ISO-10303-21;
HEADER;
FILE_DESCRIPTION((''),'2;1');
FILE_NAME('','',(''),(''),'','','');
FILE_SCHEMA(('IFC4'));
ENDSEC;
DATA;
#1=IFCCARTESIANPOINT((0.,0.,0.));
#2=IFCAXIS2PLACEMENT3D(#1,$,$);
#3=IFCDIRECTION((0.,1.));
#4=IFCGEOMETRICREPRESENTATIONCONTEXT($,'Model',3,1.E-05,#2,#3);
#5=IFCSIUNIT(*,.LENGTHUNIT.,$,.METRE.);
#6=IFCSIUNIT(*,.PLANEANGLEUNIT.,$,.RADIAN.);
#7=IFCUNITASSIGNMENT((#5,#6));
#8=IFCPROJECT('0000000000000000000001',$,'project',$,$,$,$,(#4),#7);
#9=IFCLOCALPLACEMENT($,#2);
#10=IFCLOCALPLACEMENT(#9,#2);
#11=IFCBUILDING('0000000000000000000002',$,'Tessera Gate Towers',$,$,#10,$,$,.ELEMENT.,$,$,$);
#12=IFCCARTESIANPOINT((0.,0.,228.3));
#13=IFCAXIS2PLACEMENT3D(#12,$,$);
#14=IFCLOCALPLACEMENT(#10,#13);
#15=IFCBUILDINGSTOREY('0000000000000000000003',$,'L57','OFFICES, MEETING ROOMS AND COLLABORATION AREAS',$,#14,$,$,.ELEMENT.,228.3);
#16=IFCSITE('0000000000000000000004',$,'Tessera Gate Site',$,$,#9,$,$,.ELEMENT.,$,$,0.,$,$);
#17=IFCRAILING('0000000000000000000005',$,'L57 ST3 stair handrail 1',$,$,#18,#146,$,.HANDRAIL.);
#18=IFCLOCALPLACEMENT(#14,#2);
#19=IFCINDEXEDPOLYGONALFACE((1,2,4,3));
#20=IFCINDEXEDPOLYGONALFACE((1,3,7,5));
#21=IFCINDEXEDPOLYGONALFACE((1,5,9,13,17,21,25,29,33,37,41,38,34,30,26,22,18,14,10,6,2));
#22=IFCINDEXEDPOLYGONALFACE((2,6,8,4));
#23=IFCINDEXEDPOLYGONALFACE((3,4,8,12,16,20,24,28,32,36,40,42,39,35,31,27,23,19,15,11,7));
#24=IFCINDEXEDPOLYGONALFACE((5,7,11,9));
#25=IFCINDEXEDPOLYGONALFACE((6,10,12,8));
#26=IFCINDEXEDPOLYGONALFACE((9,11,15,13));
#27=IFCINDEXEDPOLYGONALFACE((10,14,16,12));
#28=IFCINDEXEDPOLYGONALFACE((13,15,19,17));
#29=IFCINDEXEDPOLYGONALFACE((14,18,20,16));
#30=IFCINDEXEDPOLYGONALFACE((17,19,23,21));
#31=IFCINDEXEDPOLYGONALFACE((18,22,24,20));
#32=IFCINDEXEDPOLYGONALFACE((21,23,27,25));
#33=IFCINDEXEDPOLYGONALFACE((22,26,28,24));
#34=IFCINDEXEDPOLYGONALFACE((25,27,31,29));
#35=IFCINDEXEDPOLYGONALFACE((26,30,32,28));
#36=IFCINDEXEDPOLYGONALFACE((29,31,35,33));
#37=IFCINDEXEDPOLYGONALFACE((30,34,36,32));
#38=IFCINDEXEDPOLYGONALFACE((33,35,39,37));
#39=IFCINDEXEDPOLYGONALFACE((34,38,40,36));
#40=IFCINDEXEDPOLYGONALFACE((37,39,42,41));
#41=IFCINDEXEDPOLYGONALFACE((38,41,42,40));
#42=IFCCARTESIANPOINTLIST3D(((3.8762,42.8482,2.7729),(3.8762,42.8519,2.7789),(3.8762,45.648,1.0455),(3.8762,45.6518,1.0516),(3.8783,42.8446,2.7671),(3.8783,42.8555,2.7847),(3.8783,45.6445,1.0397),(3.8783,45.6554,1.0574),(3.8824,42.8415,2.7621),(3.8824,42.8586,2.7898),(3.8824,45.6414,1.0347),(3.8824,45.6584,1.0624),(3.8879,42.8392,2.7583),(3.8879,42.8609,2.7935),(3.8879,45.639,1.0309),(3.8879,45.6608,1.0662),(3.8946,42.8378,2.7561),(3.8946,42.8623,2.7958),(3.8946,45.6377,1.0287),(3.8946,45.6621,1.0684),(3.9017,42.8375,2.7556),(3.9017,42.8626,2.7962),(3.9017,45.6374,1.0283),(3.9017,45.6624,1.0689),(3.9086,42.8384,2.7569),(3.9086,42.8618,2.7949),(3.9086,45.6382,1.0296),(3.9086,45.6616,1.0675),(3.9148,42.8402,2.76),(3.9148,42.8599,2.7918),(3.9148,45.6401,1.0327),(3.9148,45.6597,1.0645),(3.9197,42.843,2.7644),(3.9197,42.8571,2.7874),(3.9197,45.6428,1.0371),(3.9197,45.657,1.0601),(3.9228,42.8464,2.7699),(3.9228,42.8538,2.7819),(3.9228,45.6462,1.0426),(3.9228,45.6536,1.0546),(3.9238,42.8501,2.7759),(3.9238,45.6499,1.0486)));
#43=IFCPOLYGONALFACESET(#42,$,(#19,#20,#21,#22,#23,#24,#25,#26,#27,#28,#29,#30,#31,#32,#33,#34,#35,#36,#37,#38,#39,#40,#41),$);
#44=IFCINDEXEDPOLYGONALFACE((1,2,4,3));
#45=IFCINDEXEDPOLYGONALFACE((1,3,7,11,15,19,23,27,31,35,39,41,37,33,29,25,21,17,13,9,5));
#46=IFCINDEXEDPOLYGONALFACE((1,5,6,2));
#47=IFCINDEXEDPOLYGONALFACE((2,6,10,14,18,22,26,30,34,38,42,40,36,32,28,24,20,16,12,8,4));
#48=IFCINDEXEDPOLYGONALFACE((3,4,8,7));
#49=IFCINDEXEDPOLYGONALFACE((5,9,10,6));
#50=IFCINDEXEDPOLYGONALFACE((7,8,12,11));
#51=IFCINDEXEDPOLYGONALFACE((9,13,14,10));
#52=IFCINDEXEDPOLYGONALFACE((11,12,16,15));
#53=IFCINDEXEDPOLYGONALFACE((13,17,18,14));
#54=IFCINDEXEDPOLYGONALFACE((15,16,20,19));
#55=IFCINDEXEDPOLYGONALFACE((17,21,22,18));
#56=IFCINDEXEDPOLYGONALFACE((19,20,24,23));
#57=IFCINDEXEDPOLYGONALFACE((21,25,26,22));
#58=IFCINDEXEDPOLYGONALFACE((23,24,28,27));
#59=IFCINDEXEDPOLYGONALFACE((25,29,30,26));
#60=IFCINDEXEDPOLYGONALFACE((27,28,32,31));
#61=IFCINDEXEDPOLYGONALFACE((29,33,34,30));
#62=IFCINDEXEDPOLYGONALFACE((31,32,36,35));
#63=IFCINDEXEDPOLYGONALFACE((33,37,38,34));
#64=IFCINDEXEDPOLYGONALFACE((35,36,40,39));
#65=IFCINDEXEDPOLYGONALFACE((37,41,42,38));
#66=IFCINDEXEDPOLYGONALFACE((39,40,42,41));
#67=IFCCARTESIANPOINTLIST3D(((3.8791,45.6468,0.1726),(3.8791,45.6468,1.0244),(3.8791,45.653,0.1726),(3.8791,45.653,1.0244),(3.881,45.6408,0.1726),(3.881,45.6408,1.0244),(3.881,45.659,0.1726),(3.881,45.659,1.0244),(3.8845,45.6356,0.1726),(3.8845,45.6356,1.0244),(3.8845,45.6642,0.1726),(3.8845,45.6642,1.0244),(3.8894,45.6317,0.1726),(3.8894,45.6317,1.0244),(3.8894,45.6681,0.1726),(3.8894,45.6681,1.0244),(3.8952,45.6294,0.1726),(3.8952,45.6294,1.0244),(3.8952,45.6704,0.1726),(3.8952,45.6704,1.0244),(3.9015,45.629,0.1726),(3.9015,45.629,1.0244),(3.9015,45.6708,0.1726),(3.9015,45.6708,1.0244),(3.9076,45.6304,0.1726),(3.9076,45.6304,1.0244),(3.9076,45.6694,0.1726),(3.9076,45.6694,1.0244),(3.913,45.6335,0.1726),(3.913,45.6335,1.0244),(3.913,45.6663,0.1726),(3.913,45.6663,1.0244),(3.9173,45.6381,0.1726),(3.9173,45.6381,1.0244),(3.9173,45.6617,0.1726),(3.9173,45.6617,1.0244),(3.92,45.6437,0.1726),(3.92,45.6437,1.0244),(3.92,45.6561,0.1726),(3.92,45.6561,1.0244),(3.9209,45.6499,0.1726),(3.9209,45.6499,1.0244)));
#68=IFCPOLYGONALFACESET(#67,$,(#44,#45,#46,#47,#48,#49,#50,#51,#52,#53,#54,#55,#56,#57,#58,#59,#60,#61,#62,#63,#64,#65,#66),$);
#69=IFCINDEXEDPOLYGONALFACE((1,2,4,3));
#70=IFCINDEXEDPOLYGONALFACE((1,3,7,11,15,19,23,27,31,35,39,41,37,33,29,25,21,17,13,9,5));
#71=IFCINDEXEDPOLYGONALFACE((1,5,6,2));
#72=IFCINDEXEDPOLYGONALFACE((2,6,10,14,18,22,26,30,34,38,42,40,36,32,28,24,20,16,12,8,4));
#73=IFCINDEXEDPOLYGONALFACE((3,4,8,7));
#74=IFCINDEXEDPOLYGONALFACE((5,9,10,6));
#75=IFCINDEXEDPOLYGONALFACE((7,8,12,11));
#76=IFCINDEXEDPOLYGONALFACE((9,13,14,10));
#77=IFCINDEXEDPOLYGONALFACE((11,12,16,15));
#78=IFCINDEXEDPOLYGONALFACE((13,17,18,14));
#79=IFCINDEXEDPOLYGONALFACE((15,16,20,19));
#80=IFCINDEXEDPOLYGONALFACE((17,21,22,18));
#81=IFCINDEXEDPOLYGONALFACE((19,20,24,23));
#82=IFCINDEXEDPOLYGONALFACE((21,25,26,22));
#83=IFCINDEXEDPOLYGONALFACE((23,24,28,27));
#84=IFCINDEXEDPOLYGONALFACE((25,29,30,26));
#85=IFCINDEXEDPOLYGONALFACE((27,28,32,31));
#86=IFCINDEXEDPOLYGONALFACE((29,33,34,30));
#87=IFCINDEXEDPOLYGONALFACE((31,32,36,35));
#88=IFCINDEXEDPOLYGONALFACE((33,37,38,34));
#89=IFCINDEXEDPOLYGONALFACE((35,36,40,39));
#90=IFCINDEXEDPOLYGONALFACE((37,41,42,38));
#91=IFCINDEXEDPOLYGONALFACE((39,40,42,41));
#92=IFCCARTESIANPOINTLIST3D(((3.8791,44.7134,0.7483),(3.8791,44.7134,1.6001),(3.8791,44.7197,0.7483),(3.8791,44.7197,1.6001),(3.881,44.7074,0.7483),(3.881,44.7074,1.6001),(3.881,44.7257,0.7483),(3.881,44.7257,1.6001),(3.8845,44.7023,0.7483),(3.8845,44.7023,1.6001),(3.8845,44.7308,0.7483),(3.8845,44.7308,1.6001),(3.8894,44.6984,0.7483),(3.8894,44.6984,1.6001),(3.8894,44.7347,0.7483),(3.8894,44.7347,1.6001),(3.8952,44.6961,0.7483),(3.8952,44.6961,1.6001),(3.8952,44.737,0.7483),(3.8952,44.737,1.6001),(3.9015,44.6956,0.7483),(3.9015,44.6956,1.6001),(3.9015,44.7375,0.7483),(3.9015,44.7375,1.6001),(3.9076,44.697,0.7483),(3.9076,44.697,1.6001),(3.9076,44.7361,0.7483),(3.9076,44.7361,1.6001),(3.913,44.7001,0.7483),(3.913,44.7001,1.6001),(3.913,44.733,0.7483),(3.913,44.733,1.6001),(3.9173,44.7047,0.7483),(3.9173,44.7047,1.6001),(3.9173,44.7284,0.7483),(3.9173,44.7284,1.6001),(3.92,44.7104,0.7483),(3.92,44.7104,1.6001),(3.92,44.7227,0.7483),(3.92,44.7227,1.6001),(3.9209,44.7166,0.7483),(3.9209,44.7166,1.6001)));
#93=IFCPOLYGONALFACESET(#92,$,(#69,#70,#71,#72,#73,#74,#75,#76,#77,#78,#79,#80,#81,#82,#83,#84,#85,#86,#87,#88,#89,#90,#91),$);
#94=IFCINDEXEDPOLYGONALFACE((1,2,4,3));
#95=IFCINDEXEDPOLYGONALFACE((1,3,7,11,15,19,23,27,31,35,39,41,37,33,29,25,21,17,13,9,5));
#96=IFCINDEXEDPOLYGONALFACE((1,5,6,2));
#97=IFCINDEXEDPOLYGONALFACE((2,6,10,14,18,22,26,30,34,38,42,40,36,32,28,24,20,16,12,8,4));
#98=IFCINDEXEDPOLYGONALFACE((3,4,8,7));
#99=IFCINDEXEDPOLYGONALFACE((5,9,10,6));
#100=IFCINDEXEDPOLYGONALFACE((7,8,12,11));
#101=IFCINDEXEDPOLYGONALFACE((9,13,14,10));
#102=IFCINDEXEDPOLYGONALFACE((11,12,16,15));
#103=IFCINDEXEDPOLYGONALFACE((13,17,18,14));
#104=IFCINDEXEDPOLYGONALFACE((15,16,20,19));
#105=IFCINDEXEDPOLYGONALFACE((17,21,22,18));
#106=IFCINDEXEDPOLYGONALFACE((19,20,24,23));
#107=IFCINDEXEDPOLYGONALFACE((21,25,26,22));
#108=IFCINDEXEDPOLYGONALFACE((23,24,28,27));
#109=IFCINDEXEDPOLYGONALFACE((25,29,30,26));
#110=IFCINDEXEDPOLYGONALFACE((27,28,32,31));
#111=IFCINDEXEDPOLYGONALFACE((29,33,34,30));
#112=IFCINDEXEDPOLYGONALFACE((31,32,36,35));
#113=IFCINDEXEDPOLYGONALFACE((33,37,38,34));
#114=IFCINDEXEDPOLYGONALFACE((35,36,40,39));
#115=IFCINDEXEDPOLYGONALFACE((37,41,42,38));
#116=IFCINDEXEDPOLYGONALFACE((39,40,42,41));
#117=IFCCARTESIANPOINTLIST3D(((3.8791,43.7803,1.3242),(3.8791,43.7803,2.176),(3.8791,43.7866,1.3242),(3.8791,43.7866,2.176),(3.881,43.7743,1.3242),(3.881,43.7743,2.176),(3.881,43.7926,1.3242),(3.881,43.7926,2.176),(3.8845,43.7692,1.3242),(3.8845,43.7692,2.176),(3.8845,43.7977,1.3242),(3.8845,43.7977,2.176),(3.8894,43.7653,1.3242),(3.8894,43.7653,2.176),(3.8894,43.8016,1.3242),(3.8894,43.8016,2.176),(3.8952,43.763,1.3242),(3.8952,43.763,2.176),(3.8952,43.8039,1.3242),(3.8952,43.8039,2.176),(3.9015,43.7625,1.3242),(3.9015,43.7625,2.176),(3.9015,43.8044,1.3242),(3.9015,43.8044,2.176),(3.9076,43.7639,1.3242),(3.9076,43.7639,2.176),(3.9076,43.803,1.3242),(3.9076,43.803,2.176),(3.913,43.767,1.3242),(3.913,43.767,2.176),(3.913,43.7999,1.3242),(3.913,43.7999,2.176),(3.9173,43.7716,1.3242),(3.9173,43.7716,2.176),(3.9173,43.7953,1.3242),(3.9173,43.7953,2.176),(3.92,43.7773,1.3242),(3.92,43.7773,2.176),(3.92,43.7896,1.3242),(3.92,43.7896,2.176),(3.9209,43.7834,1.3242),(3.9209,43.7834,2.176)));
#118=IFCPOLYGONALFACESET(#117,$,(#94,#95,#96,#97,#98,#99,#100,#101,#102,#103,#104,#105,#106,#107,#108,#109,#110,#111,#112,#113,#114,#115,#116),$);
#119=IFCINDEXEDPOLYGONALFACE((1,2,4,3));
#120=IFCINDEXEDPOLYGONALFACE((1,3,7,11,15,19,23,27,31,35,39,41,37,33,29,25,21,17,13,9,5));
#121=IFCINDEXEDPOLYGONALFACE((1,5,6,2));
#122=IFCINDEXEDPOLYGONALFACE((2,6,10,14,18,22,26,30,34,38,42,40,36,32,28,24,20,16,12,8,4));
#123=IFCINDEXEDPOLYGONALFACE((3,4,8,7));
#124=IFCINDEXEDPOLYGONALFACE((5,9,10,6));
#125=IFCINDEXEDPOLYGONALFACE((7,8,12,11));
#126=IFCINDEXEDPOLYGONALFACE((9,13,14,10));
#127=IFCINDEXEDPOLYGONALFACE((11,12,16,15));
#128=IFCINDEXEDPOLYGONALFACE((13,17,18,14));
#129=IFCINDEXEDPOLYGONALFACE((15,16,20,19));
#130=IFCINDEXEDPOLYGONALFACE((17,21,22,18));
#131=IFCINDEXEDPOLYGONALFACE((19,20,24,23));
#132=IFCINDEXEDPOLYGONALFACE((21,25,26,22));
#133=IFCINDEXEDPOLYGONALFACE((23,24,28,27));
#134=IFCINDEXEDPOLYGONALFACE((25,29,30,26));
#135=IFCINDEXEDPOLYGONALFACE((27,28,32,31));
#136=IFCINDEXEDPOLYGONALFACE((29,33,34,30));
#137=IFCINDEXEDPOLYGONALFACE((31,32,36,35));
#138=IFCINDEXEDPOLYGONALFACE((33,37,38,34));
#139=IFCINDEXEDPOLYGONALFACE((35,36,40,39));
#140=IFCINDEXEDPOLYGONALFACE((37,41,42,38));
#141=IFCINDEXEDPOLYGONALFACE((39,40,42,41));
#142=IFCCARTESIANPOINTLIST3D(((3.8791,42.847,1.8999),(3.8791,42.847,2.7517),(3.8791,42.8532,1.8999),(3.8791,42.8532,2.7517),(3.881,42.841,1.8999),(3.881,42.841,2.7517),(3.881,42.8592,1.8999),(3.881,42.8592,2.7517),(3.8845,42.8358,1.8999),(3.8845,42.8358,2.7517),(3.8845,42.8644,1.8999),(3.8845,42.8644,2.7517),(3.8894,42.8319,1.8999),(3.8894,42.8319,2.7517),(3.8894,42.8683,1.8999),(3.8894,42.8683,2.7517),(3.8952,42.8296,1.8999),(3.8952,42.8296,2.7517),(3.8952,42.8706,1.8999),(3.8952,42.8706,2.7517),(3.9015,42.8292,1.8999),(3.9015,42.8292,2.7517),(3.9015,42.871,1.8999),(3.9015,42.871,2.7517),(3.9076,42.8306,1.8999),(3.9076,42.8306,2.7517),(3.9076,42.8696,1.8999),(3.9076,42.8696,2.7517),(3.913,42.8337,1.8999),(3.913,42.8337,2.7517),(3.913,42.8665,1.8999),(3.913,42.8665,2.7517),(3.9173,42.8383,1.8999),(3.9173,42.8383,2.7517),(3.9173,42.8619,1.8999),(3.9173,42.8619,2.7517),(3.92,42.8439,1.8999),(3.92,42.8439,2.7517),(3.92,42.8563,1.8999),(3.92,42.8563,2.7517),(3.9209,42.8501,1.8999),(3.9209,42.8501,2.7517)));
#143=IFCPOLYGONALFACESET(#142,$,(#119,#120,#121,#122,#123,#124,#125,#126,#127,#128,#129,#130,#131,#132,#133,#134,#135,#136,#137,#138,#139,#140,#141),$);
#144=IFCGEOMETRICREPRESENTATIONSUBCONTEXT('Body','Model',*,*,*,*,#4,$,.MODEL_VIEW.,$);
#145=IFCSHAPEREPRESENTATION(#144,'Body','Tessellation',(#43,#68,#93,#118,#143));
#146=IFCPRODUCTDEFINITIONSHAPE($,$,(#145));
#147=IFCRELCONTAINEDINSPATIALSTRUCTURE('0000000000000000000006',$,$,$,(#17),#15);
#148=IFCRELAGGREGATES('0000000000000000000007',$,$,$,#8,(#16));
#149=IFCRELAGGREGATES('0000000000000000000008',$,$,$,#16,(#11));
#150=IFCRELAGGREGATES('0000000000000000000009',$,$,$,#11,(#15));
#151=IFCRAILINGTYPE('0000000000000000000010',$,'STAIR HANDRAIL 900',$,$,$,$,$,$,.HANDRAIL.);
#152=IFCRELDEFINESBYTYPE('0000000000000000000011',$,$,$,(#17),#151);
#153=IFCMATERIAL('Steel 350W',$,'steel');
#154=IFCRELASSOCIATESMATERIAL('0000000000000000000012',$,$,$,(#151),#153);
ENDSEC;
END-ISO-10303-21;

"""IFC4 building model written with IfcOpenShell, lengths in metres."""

from ifc_helpers import new_model, si_unit, direction, frame, origin, origin_2d, place, context, subcontext, project, spatial, circle, extrude, material, type_object, element, save


model = new_model("IFC4")

# Units and contexts
model_context = context("Model", 3, precision=1e-05, world=origin(), true_north=direction((0.0, 1.0)))
body_context = subcontext(model_context, "Body", "Model", "MODEL_VIEW")
ifc_project = project(units=[si_unit("LENGTHUNIT", "METRE"), si_unit("PLANEANGLEUNIT", "RADIAN")], contexts=[model_context])

# Site, building, storey
site_placement = place(None, origin())
site = spatial("IfcSite", under=ifc_project, at=site_placement, Name="Tessera Gate Site", CompositionType="ELEMENT", RefElevation=0.0)
building_placement = place(site_placement, origin())
building = spatial("IfcBuilding", under=site, at=building_placement, Name="Tessera Gate Towers", CompositionType="ELEMENT")
storey_placement = place(building_placement, frame((0.0, 0.0, 228.3)))
storey = spatial("IfcBuildingStorey", under=building, at=storey_placement, Name="L57", Description="OFFICES, MEETING ROOMS AND COLLABORATION AREAS", CompositionType="ELEMENT", Elevation=228.3)

# Railing
ifc_material_1 = material(Name="Steel 350W", Category="steel")
railing_type = type_object("IfcRailingType", Name="STAIR HANDRAIL 900", PredefinedType="HANDRAIL", material=ifc_material_1)
railing_1_placement = place(storey_placement, frame((3.8999, 45.6499, 0.1726)))
element("IfcRailing", 1, at=railing_1_placement, inside=storey, type_object=railing_type, Name="L57 ST3 stair handrail 1", PredefinedType="HANDRAIL", context=body_context, shape_type="SweptSolid", body=[
    extrude(circle(Radius=0.0239, at=origin_2d()), frame((0.0, 0.0, 0.876), z_axis=(0.0, -0.851069, 0.525054), x_axis=(1.0, 0.0, 0.0)), (0.0, 0.0, 1.0), 3.2898),
    extrude(circle(Radius=0.021, at=origin_2d()), origin(), (0.0, 0.0, 1.0), 0.8518),
    extrude(circle(Radius=0.021, at=origin_2d()), frame((0.0, -0.9333, 0.5757)), (0.0, 0.0, 1.0), 0.8518),
    extrude(circle(Radius=0.021, at=origin_2d()), frame((0.0, -1.8665, 1.1516)), (0.0, 0.0, 1.0), 0.8518),
    extrude(circle(Radius=0.021, at=origin_2d()), frame((0.0, -2.7998, 1.7273)), (0.0, 0.0, 1.0), 0.8518),
])

save(model, "model.ifc")
